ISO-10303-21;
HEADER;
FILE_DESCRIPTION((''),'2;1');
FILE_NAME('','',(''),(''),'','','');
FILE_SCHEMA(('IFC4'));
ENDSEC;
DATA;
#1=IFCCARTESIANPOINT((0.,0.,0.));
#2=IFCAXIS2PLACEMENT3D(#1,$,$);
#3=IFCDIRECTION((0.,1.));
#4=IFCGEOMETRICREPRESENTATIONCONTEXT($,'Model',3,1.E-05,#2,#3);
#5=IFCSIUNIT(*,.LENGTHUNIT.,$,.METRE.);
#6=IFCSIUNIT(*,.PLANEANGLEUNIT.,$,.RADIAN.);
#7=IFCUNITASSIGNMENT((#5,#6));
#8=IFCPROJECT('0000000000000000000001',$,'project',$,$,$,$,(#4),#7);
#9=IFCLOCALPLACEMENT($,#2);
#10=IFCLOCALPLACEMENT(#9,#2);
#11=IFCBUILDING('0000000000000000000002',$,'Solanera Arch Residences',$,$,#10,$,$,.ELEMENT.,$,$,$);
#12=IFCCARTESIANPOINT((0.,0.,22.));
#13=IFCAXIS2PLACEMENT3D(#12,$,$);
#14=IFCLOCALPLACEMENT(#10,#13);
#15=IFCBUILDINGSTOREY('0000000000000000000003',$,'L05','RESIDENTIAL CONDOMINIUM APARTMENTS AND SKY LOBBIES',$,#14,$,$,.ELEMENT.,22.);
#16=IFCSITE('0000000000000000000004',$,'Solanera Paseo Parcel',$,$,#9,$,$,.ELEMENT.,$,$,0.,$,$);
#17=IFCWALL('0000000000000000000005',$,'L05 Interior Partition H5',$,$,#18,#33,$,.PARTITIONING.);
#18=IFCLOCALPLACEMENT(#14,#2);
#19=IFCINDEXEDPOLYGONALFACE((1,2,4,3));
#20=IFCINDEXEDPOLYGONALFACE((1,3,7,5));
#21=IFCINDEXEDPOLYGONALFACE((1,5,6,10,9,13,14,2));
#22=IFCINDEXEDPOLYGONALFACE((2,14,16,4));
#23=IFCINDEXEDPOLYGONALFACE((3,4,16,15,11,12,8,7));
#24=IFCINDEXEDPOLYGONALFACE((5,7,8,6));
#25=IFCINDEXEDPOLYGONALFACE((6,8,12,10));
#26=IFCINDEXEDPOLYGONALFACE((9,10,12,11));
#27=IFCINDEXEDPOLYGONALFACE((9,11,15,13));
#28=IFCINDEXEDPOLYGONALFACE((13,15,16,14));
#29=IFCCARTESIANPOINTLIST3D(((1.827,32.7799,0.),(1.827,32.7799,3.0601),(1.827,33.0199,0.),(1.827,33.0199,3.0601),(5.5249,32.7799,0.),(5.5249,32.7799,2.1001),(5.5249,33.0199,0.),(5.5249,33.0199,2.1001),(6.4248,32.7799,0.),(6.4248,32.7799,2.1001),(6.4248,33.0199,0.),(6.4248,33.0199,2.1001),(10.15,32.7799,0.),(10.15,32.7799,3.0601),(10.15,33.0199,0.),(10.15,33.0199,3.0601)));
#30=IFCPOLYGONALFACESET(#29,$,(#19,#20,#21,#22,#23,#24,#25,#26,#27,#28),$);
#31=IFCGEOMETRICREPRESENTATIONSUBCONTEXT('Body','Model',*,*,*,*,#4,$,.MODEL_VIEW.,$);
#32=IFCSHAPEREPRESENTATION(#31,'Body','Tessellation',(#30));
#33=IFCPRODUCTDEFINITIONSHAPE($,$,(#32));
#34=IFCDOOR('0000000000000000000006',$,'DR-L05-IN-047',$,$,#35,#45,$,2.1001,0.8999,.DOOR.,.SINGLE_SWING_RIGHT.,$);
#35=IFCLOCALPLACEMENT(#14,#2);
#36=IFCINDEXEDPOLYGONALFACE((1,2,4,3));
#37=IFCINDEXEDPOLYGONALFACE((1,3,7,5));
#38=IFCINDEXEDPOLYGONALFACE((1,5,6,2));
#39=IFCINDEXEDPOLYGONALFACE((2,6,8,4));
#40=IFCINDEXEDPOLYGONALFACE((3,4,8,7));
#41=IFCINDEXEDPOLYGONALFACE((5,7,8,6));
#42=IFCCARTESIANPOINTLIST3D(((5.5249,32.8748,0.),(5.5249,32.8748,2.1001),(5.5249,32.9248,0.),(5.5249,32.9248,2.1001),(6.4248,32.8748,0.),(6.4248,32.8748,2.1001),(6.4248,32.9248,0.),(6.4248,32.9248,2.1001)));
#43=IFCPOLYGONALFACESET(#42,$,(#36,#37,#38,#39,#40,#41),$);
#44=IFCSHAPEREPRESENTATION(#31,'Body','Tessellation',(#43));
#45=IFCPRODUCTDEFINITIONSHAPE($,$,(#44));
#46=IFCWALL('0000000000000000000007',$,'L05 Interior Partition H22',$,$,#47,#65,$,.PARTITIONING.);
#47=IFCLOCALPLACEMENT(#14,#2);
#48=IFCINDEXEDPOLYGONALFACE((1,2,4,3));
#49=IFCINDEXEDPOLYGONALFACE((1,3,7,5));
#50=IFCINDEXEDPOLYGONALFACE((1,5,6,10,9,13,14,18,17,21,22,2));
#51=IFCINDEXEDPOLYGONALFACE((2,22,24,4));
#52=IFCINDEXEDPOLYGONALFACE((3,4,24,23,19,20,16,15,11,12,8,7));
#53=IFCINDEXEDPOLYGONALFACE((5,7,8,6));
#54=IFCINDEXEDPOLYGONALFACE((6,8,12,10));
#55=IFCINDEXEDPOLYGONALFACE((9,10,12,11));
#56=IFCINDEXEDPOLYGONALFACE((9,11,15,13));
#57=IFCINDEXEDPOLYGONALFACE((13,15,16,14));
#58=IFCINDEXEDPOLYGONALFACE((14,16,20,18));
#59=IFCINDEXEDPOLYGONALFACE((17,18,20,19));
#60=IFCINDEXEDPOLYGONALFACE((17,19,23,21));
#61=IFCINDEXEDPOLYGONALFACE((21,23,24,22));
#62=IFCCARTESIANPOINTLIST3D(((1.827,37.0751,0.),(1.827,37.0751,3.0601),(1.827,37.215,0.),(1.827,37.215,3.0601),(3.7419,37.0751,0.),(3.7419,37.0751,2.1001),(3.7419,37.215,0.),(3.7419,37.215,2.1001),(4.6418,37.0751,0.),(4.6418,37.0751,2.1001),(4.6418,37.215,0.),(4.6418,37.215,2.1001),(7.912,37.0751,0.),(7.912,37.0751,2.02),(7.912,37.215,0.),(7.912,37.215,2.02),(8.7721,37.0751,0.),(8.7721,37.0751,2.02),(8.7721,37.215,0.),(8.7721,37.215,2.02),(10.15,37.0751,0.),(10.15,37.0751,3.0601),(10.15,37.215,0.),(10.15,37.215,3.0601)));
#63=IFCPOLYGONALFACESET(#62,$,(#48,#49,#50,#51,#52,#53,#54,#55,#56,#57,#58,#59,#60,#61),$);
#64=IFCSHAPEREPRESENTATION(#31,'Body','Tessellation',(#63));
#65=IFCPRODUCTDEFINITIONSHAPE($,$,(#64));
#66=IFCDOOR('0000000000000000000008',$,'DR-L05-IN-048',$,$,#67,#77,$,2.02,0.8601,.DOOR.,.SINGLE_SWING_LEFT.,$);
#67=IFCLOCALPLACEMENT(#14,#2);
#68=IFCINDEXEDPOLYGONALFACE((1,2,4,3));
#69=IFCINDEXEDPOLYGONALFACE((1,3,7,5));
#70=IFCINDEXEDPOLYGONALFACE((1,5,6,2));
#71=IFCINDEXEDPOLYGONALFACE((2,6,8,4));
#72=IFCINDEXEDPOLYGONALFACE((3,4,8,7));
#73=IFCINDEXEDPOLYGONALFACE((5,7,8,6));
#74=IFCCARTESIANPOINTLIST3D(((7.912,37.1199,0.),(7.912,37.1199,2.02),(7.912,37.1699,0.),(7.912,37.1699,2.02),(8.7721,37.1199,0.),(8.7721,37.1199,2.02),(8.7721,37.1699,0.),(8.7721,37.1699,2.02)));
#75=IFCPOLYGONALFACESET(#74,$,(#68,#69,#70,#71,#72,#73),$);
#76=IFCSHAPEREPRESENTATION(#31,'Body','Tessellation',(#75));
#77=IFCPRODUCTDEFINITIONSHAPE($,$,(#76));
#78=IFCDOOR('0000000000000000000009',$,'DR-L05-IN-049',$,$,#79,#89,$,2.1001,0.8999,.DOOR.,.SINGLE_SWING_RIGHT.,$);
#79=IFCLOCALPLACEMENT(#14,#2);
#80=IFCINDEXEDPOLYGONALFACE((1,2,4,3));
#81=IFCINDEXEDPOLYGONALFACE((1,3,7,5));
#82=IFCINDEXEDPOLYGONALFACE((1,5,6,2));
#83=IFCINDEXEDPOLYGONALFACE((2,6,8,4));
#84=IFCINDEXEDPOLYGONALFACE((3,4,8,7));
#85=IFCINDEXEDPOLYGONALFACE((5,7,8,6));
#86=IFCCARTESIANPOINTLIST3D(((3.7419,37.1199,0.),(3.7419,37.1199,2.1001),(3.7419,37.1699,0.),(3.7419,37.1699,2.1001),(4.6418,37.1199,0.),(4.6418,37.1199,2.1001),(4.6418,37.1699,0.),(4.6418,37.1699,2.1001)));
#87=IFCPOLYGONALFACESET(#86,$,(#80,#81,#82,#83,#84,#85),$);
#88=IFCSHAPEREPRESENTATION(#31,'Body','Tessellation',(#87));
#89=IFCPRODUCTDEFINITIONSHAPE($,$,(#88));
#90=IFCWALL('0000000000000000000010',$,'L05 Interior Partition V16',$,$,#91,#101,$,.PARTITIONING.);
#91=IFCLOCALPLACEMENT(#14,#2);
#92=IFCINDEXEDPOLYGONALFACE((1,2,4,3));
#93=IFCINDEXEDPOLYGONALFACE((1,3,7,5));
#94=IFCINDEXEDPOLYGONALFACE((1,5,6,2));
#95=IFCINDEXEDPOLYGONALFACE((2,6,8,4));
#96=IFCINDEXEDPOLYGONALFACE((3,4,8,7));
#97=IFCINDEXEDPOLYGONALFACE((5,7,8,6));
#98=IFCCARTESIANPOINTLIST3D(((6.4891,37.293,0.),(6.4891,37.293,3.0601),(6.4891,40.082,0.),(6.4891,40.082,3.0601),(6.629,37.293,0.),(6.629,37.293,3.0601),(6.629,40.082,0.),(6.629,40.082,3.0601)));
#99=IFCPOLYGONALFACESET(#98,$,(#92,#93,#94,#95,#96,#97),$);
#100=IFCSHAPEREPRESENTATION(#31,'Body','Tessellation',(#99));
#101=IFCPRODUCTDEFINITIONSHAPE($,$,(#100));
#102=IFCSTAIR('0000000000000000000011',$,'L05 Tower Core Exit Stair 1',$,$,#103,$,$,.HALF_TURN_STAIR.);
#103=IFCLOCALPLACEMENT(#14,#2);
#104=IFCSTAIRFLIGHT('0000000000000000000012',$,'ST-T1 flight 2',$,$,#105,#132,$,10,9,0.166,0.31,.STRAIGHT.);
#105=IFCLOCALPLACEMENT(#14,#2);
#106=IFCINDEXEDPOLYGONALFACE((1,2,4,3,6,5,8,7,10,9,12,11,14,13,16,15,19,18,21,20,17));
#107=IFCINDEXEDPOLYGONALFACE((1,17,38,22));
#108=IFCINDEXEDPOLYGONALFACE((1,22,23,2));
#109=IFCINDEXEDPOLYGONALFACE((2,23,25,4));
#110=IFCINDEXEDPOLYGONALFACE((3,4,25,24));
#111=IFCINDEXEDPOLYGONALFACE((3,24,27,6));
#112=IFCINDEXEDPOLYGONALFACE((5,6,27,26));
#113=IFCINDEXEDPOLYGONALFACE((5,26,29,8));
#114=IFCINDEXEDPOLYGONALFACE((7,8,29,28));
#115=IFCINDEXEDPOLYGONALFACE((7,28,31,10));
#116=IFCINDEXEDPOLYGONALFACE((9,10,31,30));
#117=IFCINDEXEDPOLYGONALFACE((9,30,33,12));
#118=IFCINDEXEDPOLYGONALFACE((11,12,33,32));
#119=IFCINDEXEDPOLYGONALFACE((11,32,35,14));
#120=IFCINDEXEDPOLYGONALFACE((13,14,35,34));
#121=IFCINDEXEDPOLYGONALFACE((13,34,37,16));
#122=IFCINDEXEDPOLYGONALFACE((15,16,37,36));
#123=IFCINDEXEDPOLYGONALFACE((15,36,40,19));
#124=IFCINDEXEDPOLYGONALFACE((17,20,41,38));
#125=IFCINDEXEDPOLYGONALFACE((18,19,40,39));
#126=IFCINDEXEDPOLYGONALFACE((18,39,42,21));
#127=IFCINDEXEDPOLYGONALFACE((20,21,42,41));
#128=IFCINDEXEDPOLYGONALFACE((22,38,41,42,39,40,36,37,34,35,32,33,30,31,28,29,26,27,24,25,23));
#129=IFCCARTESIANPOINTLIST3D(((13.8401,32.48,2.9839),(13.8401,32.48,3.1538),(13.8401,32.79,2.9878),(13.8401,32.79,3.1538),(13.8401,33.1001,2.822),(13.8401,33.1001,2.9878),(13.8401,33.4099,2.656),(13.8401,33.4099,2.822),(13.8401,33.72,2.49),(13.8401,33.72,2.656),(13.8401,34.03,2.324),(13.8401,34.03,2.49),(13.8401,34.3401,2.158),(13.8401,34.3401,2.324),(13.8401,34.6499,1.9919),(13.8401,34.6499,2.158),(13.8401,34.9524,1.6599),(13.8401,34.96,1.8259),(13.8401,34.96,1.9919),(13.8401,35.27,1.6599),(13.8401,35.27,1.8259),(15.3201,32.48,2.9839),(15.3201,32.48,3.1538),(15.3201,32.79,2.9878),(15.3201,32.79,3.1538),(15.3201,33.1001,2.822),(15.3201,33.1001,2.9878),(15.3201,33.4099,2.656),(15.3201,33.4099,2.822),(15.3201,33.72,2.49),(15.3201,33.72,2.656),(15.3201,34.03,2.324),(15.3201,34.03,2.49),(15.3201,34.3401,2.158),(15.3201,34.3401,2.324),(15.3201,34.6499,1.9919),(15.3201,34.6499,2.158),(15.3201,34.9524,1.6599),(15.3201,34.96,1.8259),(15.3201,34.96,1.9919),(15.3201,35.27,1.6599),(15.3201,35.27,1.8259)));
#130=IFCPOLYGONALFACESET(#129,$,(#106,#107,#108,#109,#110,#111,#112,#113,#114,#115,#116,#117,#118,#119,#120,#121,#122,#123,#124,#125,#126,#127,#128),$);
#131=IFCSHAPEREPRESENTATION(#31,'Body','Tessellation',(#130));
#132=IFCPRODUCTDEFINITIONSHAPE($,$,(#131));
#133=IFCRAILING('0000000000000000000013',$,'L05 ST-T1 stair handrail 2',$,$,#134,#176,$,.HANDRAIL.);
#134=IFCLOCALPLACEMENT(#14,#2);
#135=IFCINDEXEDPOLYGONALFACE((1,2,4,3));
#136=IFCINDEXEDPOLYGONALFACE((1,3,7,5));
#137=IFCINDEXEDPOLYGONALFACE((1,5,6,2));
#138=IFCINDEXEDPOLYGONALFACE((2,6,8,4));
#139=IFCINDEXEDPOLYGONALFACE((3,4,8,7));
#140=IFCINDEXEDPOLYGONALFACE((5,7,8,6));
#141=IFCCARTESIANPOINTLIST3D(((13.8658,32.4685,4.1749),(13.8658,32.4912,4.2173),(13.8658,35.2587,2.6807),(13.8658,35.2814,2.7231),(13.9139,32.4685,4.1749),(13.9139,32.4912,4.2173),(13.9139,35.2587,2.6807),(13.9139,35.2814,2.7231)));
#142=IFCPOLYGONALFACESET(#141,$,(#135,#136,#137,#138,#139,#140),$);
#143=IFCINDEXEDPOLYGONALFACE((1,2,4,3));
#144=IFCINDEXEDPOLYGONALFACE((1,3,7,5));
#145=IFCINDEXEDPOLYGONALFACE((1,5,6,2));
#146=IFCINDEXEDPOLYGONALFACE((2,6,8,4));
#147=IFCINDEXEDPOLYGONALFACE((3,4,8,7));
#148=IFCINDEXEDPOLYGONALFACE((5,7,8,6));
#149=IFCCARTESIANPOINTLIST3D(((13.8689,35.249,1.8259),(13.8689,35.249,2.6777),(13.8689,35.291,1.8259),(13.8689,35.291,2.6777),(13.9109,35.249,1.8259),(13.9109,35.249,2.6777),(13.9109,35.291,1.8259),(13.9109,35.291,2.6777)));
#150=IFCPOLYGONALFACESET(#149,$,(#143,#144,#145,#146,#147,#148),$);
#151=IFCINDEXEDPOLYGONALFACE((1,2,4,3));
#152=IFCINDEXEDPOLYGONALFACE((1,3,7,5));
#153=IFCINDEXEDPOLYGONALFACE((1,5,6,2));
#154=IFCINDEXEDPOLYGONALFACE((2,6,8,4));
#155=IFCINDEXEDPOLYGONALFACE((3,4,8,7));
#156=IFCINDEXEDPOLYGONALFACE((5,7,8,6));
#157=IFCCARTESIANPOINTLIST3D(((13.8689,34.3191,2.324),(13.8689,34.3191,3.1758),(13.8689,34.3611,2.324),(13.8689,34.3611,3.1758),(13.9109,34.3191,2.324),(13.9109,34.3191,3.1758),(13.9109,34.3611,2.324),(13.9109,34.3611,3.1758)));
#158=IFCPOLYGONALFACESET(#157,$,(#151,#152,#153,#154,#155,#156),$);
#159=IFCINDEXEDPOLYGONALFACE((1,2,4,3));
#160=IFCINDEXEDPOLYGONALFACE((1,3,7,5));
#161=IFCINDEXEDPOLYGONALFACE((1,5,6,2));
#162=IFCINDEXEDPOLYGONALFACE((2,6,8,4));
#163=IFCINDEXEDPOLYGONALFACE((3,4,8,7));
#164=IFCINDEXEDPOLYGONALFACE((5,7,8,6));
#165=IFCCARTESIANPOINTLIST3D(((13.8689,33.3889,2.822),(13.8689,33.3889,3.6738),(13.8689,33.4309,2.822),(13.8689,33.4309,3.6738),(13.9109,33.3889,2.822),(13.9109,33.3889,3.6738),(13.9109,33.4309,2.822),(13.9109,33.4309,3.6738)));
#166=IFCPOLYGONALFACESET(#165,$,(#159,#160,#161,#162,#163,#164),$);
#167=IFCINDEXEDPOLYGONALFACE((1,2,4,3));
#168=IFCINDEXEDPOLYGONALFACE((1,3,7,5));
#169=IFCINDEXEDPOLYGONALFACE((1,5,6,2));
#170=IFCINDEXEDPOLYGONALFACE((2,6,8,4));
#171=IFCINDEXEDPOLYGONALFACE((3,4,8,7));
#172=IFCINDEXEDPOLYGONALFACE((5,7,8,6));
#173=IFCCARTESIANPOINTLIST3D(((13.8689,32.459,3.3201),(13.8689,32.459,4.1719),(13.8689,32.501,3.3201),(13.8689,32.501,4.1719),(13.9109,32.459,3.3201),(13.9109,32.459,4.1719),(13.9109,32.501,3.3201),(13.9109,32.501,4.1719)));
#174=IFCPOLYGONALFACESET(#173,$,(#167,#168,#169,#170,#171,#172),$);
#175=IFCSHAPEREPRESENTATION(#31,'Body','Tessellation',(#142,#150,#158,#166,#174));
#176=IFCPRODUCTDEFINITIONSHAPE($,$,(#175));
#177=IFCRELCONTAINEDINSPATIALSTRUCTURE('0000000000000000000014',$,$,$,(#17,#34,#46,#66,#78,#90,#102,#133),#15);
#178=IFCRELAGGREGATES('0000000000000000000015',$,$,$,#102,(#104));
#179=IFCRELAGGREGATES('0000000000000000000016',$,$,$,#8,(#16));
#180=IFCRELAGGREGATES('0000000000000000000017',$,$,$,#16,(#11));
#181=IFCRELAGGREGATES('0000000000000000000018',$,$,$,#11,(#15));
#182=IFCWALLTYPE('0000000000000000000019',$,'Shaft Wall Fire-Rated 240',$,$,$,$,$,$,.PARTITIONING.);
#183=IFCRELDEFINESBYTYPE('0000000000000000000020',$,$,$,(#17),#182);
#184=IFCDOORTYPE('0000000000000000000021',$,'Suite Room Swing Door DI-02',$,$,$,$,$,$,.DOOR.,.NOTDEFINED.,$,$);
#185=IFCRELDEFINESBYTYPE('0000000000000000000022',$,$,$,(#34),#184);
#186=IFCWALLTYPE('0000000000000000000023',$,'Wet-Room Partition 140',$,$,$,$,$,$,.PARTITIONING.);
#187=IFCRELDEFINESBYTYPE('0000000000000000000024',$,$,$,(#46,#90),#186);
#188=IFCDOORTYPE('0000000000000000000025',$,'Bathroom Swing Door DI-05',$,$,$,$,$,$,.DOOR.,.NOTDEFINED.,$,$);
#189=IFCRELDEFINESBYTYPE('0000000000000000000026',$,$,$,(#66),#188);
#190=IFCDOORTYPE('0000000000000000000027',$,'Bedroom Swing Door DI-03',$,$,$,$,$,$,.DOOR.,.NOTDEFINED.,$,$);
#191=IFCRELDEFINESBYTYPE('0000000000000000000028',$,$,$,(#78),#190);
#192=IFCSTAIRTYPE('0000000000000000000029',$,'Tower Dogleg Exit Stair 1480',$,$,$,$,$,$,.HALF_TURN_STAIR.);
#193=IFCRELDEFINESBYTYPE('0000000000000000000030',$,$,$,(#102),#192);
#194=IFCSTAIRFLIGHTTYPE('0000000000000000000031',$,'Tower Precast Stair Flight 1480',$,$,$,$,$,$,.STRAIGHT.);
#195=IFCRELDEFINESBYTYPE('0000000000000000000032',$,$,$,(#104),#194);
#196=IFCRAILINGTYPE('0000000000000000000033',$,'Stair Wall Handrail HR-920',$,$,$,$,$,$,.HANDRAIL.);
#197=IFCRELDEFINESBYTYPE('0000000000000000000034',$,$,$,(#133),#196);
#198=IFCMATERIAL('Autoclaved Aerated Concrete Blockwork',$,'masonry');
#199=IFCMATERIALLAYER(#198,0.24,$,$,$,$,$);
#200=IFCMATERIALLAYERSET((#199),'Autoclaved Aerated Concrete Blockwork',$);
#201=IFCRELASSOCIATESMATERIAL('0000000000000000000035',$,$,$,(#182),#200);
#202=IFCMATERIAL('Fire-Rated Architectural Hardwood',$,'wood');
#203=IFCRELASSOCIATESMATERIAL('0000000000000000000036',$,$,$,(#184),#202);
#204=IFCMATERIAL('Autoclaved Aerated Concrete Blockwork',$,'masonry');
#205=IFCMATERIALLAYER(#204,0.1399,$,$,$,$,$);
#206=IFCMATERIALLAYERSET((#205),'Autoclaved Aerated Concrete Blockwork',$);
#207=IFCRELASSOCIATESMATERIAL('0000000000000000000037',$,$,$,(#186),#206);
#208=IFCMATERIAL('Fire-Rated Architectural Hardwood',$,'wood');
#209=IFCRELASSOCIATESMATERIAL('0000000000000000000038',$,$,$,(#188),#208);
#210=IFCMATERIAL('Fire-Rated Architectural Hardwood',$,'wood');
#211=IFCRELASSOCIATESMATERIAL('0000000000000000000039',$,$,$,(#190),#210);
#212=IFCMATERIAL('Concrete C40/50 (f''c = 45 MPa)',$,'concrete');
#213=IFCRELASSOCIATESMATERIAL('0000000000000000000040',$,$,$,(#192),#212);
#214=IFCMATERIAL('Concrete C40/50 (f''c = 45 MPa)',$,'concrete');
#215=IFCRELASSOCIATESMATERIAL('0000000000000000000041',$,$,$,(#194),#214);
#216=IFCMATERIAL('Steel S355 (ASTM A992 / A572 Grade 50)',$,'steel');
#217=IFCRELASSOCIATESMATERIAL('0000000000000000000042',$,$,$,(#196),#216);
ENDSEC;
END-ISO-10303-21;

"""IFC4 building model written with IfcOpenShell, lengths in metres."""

from ifc_helpers import new_model, si_unit, direction, frame, frame_2d, origin, origin_2d, place, context, subcontext, project, spatial, polyline, rectangle, outline, extrude, material, layer, layer_set, type_object, element, fill, aggregate, save


model = new_model("IFC4")

# Units and contexts
model_context = context("Model", 3, precision=1e-05, world=origin(), true_north=direction((0.0, 1.0)))
body_context = subcontext(model_context, "Body", "Model", "MODEL_VIEW")
ifc_project = project(units=[si_unit("LENGTHUNIT", "METRE"), si_unit("PLANEANGLEUNIT", "RADIAN")], contexts=[model_context])

# Site, building, storey
site_placement = place(None, origin())
site = spatial("IfcSite", under=ifc_project, at=site_placement, Name="Solanera Paseo Parcel", CompositionType="ELEMENT", RefElevation=0.0)
building_placement = place(site_placement, origin())
building = spatial("IfcBuilding", under=site, at=building_placement, Name="Solanera Arch Residences", CompositionType="ELEMENT")
storey_placement = place(building_placement, frame((0.0, 0.0, 22.0)))
storey = spatial("IfcBuildingStorey", under=building, at=storey_placement, Name="L05", Description="RESIDENTIAL CONDOMINIUM APARTMENTS AND SKY LOBBIES", CompositionType="ELEMENT", Elevation=22.0)

# Wall, opening, door
ifc_material_1 = material(Name="Autoclaved Aerated Concrete Blockwork", Category="masonry")
ifc_layer_1 = layer(ifc_material_1, 0.24)
ifc_layer_set_1 = layer_set([ifc_layer_1], Name="Autoclaved Aerated Concrete Blockwork")
wall_type_1 = type_object("IfcWallType", Name="Shaft Wall Fire-Rated 240", PredefinedType="PARTITIONING", material=ifc_layer_set_1)
wall_1_placement = place(storey_placement, frame((1.8269, 32.8999, 0.0), z_axis=(0.0, 0.0, 1.0), x_axis=(1.0, 0.0, 0.0)))
wall_1 = element("IfcWall", 1, at=wall_1_placement, inside=storey, type_object=wall_type_1, Name="L05 Interior Partition H5", PredefinedType="PARTITIONING", context=body_context, shape_type="SweptSolid", body=[
    extrude(rectangle(XDim=8.323, YDim=0.24, at=frame_2d((4.1616, 0.0))), origin(), (0.0, 0.0, 1.0), 3.0601),
])
opening_1_placement = place(wall_1_placement, frame((3.698, 0.0, 0.0)))
opening_1 = element("IfcOpeningElement", 2, at=opening_1_placement, cuts=wall_1, PredefinedType="OPENING", context=body_context, shape_type="SweptSolid", body=[
    extrude(rectangle(XDim=0.8999, YDim=2.1001, at=frame_2d((0.45, 1.05))), frame((0.0, 0.1299, 0.0), z_axis=(0.0, -1.0, 0.0), x_axis=(1.0, 0.0, 0.0)), (0.0, 0.0, 1.0), 0.26),
])
ifc_material_2 = material(Name="Fire-Rated Architectural Hardwood", Category="wood")
door_type_1 = type_object("IfcDoorType", Name="Suite Room Swing Door DI-02", OperationType="NOTDEFINED", PredefinedType="DOOR", material=ifc_material_2)
door_1_placement = place(opening_1_placement, origin())
door_1 = element("IfcDoor", 3, at=door_1_placement, inside=storey, type_object=door_type_1, Name="DR-L05-IN-047", OperationType="SINGLE_SWING_RIGHT", OverallHeight=2.1001, OverallWidth=0.8999, PredefinedType="DOOR", context=body_context, shape_type="SweptSolid", body=[
    extrude(rectangle(XDim=0.8999, YDim=2.1001, at=frame_2d((0.45, 1.05))), frame((0.0, 0.0249, 0.0), z_axis=(0.0, -1.0, 0.0), x_axis=(1.0, 0.0, 0.0)), (0.0, 0.0, 1.0), 0.05),
])
fill(opening_1, door_1)

# Wall, openings, doors
ifc_material_3 = material(Name="Autoclaved Aerated Concrete Blockwork", Category="masonry")
ifc_layer_2 = layer(ifc_material_3, 0.1399)
ifc_layer_set_2 = layer_set([ifc_layer_2], Name="Autoclaved Aerated Concrete Blockwork")
wall_type_2 = type_object("IfcWallType", Name="Wet-Room Partition 140", PredefinedType="PARTITIONING", material=ifc_layer_set_2)
wall_2_placement = place(storey_placement, frame((1.8269, 37.145, 0.0), z_axis=(0.0, 0.0, 1.0), x_axis=(1.0, 0.0, 0.0)))
wall_2 = element("IfcWall", 4, at=wall_2_placement, inside=storey, type_object=wall_type_2, Name="L05 Interior Partition H22", PredefinedType="PARTITIONING", context=body_context, shape_type="SweptSolid", body=[
    extrude(rectangle(XDim=8.323, YDim=0.1399, at=frame_2d((4.1616, 0.0))), origin(), (0.0, 0.0, 1.0), 3.0601),
])
opening_2_placement = place(wall_2_placement, frame((6.085, 0.0, 0.0)))
opening_2 = element("IfcOpeningElement", 5, at=opening_2_placement, cuts=wall_2, PredefinedType="OPENING", context=body_context, shape_type="SweptSolid", body=[
    extrude(rectangle(XDim=0.8601, YDim=2.02, at=frame_2d((0.4302, 1.01))), frame((0.0, 0.0798, 0.0), z_axis=(0.0, -1.0, 0.0), x_axis=(1.0, 0.0, 0.0)), (0.0, 0.0, 1.0), 0.1599),
])
opening_3_placement = place(wall_2_placement, frame((1.915, 0.0, 0.0)))
opening_3 = element("IfcOpeningElement", 6, at=opening_3_placement, cuts=wall_2, PredefinedType="OPENING", context=body_context, shape_type="SweptSolid", body=[
    extrude(rectangle(XDim=0.8999, YDim=2.1001, at=frame_2d((0.45, 1.05))), frame((0.0, 0.0798, 0.0), z_axis=(0.0, -1.0, 0.0), x_axis=(1.0, 0.0, 0.0)), (0.0, 0.0, 1.0), 0.1599),
])
ifc_material_4 = material(Name="Fire-Rated Architectural Hardwood", Category="wood")
door_type_2 = type_object("IfcDoorType", Name="Bathroom Swing Door DI-05", OperationType="NOTDEFINED", PredefinedType="DOOR", material=ifc_material_4)
door_2_placement = place(opening_2_placement, origin())
door_2 = element("IfcDoor", 7, at=door_2_placement, inside=storey, type_object=door_type_2, Name="DR-L05-IN-048", OperationType="SINGLE_SWING_LEFT", OverallHeight=2.02, OverallWidth=0.8601, PredefinedType="DOOR", context=body_context, shape_type="SweptSolid", body=[
    extrude(rectangle(XDim=0.8601, YDim=2.02, at=frame_2d((0.4302, 1.01))), frame((0.0, 0.0249, 0.0), z_axis=(0.0, -1.0, 0.0), x_axis=(1.0, 0.0, 0.0)), (0.0, 0.0, 1.0), 0.05),
])
fill(opening_2, door_2)
ifc_material_5 = material(Name="Fire-Rated Architectural Hardwood", Category="wood")
door_type_3 = type_object("IfcDoorType", Name="Bedroom Swing Door DI-03", OperationType="NOTDEFINED", PredefinedType="DOOR", material=ifc_material_5)
door_3_placement = place(opening_3_placement, origin())
door_3 = element("IfcDoor", 8, at=door_3_placement, inside=storey, type_object=door_type_3, Name="DR-L05-IN-049", OperationType="SINGLE_SWING_RIGHT", OverallHeight=2.1001, OverallWidth=0.8999, PredefinedType="DOOR", context=body_context, shape_type="SweptSolid", body=[
    extrude(rectangle(XDim=0.8999, YDim=2.1001, at=frame_2d((0.45, 1.05))), frame((0.0, 0.0249, 0.0), z_axis=(0.0, -1.0, 0.0), x_axis=(1.0, 0.0, 0.0)), (0.0, 0.0, 1.0), 0.05),
])
fill(opening_3, door_3)

# Wall
wall_3_placement = place(storey_placement, frame((6.5591, 37.293, 0.0), z_axis=(0.0, 0.0, 1.0), x_axis=(0.0, 1.0, 0.0)))
element("IfcWall", 9, at=wall_3_placement, inside=storey, type_object=wall_type_2, Name="L05 Interior Partition V16", PredefinedType="PARTITIONING", context=body_context, shape_type="SweptSolid", body=[
    extrude(rectangle(XDim=2.7891, YDim=0.1399, at=frame_2d((1.3945, 0.0))), origin(), (0.0, 0.0, 1.0), 3.0601),
])

# Stair, stair flight
ifc_material_6 = material(Name="Concrete C40/50 (f'c = 45 MPa)", Category="concrete")
stair_type = type_object("IfcStairType", Name="Tower Dogleg Exit Stair 1480", PredefinedType="HALF_TURN_STAIR", material=ifc_material_6)
stair_placement = place(storey_placement, origin())
stair = element("IfcStair", 10, at=stair_placement, inside=storey, type_object=stair_type, Name="L05 Tower Core Exit Stair 1", PredefinedType="HALF_TURN_STAIR")
ifc_material_7 = material(Name="Concrete C40/50 (f'c = 45 MPa)", Category="concrete")
stair_flight_type = type_object("IfcStairFlightType", Name="Tower Precast Stair Flight 1480", PredefinedType="STRAIGHT", material=ifc_material_7)
stair_flight_placement = place(storey_placement, frame((14.5801, 35.27, 1.6599), z_axis=(0.0, 0.0, 1.0), x_axis=(0.0, -1.0, 0.0)))
stair_flight = element("IfcStairFlight", 11, at=stair_flight_placement, type_object=stair_flight_type, Name="ST-T1 flight 2", NumberOfRisers=10, NumberOfTreads=9, PredefinedType="STRAIGHT", RiserHeight=0.166, TreadLength=0.31, context=body_context, shape_type="SweptSolid", body=[
    extrude(outline(polyline([(0.0, 0.0), (0.0, 0.166), (0.3101, 0.166), (0.3101, 0.332), (0.6201, 0.332), (0.6201, 0.498), (0.9299, 0.498), (0.9299, 0.6641), (1.24, 0.6641), (1.24, 0.8301), (1.55, 0.8301), (1.55, 0.9961), (1.8601, 0.9961), (1.8601, 1.1621), (2.1699, 1.1621), (2.1699, 1.3279), (2.48, 1.3279), (2.48, 1.4939), (2.79, 1.4939), (2.79, 1.6599), (2.79, 1.324), (0.3176, 0.0), (0.0, 0.0)])), frame((0.0, 0.74, 0.0), z_axis=(0.0, -1.0, 0.0), x_axis=(1.0, 0.0, 0.0)), (0.0, 0.0, 1.0), 1.48),
])
aggregate(stair, [stair_flight])

# Railing
ifc_material_8 = material(Name="Steel S355 (ASTM A992 / A572 Grade 50)", Category="steel")
railing_type_1 = type_object("IfcRailingType", Name="Stair Wall Handrail HR-920", PredefinedType="HANDRAIL", material=ifc_material_8)
railing_1_placement = place(storey_placement, frame((13.8899, 35.27, 1.8259)))
element("IfcRailing", 12, at=railing_1_placement, inside=storey, type_object=railing_type_1, Name="L05 ST-T1 stair handrail 2", PredefinedType="HANDRAIL", context=body_context, shape_type="SweptSolid", body=[
    extrude(rectangle(XDim=0.0481, YDim=0.0481, at=origin_2d()), frame((0.0, 0.0, 0.876), z_axis=(0.0, -0.881549, 0.472093), x_axis=(1.0, 0.0, 0.0)), (0.0, 0.0, 1.0), 3.165),
    extrude(rectangle(XDim=0.042, YDim=0.042, at=origin_2d()), origin(), (0.0, 0.0, 1.0), 0.8518),
    extrude(rectangle(XDim=0.042, YDim=0.042, at=origin_2d()), frame((0.0, -0.9299, 0.498)), (0.0, 0.0, 1.0), 0.8518),
    extrude(rectangle(XDim=0.042, YDim=0.042, at=origin_2d()), frame((0.0, -1.8601, 0.9961)), (0.0, 0.0, 1.0), 0.8518),
    extrude(rectangle(XDim=0.042, YDim=0.042, at=origin_2d()), frame((0.0, -2.79, 1.4941)), (0.0, 0.0, 1.0), 0.8518),
])

save(model, "model.ifc")
